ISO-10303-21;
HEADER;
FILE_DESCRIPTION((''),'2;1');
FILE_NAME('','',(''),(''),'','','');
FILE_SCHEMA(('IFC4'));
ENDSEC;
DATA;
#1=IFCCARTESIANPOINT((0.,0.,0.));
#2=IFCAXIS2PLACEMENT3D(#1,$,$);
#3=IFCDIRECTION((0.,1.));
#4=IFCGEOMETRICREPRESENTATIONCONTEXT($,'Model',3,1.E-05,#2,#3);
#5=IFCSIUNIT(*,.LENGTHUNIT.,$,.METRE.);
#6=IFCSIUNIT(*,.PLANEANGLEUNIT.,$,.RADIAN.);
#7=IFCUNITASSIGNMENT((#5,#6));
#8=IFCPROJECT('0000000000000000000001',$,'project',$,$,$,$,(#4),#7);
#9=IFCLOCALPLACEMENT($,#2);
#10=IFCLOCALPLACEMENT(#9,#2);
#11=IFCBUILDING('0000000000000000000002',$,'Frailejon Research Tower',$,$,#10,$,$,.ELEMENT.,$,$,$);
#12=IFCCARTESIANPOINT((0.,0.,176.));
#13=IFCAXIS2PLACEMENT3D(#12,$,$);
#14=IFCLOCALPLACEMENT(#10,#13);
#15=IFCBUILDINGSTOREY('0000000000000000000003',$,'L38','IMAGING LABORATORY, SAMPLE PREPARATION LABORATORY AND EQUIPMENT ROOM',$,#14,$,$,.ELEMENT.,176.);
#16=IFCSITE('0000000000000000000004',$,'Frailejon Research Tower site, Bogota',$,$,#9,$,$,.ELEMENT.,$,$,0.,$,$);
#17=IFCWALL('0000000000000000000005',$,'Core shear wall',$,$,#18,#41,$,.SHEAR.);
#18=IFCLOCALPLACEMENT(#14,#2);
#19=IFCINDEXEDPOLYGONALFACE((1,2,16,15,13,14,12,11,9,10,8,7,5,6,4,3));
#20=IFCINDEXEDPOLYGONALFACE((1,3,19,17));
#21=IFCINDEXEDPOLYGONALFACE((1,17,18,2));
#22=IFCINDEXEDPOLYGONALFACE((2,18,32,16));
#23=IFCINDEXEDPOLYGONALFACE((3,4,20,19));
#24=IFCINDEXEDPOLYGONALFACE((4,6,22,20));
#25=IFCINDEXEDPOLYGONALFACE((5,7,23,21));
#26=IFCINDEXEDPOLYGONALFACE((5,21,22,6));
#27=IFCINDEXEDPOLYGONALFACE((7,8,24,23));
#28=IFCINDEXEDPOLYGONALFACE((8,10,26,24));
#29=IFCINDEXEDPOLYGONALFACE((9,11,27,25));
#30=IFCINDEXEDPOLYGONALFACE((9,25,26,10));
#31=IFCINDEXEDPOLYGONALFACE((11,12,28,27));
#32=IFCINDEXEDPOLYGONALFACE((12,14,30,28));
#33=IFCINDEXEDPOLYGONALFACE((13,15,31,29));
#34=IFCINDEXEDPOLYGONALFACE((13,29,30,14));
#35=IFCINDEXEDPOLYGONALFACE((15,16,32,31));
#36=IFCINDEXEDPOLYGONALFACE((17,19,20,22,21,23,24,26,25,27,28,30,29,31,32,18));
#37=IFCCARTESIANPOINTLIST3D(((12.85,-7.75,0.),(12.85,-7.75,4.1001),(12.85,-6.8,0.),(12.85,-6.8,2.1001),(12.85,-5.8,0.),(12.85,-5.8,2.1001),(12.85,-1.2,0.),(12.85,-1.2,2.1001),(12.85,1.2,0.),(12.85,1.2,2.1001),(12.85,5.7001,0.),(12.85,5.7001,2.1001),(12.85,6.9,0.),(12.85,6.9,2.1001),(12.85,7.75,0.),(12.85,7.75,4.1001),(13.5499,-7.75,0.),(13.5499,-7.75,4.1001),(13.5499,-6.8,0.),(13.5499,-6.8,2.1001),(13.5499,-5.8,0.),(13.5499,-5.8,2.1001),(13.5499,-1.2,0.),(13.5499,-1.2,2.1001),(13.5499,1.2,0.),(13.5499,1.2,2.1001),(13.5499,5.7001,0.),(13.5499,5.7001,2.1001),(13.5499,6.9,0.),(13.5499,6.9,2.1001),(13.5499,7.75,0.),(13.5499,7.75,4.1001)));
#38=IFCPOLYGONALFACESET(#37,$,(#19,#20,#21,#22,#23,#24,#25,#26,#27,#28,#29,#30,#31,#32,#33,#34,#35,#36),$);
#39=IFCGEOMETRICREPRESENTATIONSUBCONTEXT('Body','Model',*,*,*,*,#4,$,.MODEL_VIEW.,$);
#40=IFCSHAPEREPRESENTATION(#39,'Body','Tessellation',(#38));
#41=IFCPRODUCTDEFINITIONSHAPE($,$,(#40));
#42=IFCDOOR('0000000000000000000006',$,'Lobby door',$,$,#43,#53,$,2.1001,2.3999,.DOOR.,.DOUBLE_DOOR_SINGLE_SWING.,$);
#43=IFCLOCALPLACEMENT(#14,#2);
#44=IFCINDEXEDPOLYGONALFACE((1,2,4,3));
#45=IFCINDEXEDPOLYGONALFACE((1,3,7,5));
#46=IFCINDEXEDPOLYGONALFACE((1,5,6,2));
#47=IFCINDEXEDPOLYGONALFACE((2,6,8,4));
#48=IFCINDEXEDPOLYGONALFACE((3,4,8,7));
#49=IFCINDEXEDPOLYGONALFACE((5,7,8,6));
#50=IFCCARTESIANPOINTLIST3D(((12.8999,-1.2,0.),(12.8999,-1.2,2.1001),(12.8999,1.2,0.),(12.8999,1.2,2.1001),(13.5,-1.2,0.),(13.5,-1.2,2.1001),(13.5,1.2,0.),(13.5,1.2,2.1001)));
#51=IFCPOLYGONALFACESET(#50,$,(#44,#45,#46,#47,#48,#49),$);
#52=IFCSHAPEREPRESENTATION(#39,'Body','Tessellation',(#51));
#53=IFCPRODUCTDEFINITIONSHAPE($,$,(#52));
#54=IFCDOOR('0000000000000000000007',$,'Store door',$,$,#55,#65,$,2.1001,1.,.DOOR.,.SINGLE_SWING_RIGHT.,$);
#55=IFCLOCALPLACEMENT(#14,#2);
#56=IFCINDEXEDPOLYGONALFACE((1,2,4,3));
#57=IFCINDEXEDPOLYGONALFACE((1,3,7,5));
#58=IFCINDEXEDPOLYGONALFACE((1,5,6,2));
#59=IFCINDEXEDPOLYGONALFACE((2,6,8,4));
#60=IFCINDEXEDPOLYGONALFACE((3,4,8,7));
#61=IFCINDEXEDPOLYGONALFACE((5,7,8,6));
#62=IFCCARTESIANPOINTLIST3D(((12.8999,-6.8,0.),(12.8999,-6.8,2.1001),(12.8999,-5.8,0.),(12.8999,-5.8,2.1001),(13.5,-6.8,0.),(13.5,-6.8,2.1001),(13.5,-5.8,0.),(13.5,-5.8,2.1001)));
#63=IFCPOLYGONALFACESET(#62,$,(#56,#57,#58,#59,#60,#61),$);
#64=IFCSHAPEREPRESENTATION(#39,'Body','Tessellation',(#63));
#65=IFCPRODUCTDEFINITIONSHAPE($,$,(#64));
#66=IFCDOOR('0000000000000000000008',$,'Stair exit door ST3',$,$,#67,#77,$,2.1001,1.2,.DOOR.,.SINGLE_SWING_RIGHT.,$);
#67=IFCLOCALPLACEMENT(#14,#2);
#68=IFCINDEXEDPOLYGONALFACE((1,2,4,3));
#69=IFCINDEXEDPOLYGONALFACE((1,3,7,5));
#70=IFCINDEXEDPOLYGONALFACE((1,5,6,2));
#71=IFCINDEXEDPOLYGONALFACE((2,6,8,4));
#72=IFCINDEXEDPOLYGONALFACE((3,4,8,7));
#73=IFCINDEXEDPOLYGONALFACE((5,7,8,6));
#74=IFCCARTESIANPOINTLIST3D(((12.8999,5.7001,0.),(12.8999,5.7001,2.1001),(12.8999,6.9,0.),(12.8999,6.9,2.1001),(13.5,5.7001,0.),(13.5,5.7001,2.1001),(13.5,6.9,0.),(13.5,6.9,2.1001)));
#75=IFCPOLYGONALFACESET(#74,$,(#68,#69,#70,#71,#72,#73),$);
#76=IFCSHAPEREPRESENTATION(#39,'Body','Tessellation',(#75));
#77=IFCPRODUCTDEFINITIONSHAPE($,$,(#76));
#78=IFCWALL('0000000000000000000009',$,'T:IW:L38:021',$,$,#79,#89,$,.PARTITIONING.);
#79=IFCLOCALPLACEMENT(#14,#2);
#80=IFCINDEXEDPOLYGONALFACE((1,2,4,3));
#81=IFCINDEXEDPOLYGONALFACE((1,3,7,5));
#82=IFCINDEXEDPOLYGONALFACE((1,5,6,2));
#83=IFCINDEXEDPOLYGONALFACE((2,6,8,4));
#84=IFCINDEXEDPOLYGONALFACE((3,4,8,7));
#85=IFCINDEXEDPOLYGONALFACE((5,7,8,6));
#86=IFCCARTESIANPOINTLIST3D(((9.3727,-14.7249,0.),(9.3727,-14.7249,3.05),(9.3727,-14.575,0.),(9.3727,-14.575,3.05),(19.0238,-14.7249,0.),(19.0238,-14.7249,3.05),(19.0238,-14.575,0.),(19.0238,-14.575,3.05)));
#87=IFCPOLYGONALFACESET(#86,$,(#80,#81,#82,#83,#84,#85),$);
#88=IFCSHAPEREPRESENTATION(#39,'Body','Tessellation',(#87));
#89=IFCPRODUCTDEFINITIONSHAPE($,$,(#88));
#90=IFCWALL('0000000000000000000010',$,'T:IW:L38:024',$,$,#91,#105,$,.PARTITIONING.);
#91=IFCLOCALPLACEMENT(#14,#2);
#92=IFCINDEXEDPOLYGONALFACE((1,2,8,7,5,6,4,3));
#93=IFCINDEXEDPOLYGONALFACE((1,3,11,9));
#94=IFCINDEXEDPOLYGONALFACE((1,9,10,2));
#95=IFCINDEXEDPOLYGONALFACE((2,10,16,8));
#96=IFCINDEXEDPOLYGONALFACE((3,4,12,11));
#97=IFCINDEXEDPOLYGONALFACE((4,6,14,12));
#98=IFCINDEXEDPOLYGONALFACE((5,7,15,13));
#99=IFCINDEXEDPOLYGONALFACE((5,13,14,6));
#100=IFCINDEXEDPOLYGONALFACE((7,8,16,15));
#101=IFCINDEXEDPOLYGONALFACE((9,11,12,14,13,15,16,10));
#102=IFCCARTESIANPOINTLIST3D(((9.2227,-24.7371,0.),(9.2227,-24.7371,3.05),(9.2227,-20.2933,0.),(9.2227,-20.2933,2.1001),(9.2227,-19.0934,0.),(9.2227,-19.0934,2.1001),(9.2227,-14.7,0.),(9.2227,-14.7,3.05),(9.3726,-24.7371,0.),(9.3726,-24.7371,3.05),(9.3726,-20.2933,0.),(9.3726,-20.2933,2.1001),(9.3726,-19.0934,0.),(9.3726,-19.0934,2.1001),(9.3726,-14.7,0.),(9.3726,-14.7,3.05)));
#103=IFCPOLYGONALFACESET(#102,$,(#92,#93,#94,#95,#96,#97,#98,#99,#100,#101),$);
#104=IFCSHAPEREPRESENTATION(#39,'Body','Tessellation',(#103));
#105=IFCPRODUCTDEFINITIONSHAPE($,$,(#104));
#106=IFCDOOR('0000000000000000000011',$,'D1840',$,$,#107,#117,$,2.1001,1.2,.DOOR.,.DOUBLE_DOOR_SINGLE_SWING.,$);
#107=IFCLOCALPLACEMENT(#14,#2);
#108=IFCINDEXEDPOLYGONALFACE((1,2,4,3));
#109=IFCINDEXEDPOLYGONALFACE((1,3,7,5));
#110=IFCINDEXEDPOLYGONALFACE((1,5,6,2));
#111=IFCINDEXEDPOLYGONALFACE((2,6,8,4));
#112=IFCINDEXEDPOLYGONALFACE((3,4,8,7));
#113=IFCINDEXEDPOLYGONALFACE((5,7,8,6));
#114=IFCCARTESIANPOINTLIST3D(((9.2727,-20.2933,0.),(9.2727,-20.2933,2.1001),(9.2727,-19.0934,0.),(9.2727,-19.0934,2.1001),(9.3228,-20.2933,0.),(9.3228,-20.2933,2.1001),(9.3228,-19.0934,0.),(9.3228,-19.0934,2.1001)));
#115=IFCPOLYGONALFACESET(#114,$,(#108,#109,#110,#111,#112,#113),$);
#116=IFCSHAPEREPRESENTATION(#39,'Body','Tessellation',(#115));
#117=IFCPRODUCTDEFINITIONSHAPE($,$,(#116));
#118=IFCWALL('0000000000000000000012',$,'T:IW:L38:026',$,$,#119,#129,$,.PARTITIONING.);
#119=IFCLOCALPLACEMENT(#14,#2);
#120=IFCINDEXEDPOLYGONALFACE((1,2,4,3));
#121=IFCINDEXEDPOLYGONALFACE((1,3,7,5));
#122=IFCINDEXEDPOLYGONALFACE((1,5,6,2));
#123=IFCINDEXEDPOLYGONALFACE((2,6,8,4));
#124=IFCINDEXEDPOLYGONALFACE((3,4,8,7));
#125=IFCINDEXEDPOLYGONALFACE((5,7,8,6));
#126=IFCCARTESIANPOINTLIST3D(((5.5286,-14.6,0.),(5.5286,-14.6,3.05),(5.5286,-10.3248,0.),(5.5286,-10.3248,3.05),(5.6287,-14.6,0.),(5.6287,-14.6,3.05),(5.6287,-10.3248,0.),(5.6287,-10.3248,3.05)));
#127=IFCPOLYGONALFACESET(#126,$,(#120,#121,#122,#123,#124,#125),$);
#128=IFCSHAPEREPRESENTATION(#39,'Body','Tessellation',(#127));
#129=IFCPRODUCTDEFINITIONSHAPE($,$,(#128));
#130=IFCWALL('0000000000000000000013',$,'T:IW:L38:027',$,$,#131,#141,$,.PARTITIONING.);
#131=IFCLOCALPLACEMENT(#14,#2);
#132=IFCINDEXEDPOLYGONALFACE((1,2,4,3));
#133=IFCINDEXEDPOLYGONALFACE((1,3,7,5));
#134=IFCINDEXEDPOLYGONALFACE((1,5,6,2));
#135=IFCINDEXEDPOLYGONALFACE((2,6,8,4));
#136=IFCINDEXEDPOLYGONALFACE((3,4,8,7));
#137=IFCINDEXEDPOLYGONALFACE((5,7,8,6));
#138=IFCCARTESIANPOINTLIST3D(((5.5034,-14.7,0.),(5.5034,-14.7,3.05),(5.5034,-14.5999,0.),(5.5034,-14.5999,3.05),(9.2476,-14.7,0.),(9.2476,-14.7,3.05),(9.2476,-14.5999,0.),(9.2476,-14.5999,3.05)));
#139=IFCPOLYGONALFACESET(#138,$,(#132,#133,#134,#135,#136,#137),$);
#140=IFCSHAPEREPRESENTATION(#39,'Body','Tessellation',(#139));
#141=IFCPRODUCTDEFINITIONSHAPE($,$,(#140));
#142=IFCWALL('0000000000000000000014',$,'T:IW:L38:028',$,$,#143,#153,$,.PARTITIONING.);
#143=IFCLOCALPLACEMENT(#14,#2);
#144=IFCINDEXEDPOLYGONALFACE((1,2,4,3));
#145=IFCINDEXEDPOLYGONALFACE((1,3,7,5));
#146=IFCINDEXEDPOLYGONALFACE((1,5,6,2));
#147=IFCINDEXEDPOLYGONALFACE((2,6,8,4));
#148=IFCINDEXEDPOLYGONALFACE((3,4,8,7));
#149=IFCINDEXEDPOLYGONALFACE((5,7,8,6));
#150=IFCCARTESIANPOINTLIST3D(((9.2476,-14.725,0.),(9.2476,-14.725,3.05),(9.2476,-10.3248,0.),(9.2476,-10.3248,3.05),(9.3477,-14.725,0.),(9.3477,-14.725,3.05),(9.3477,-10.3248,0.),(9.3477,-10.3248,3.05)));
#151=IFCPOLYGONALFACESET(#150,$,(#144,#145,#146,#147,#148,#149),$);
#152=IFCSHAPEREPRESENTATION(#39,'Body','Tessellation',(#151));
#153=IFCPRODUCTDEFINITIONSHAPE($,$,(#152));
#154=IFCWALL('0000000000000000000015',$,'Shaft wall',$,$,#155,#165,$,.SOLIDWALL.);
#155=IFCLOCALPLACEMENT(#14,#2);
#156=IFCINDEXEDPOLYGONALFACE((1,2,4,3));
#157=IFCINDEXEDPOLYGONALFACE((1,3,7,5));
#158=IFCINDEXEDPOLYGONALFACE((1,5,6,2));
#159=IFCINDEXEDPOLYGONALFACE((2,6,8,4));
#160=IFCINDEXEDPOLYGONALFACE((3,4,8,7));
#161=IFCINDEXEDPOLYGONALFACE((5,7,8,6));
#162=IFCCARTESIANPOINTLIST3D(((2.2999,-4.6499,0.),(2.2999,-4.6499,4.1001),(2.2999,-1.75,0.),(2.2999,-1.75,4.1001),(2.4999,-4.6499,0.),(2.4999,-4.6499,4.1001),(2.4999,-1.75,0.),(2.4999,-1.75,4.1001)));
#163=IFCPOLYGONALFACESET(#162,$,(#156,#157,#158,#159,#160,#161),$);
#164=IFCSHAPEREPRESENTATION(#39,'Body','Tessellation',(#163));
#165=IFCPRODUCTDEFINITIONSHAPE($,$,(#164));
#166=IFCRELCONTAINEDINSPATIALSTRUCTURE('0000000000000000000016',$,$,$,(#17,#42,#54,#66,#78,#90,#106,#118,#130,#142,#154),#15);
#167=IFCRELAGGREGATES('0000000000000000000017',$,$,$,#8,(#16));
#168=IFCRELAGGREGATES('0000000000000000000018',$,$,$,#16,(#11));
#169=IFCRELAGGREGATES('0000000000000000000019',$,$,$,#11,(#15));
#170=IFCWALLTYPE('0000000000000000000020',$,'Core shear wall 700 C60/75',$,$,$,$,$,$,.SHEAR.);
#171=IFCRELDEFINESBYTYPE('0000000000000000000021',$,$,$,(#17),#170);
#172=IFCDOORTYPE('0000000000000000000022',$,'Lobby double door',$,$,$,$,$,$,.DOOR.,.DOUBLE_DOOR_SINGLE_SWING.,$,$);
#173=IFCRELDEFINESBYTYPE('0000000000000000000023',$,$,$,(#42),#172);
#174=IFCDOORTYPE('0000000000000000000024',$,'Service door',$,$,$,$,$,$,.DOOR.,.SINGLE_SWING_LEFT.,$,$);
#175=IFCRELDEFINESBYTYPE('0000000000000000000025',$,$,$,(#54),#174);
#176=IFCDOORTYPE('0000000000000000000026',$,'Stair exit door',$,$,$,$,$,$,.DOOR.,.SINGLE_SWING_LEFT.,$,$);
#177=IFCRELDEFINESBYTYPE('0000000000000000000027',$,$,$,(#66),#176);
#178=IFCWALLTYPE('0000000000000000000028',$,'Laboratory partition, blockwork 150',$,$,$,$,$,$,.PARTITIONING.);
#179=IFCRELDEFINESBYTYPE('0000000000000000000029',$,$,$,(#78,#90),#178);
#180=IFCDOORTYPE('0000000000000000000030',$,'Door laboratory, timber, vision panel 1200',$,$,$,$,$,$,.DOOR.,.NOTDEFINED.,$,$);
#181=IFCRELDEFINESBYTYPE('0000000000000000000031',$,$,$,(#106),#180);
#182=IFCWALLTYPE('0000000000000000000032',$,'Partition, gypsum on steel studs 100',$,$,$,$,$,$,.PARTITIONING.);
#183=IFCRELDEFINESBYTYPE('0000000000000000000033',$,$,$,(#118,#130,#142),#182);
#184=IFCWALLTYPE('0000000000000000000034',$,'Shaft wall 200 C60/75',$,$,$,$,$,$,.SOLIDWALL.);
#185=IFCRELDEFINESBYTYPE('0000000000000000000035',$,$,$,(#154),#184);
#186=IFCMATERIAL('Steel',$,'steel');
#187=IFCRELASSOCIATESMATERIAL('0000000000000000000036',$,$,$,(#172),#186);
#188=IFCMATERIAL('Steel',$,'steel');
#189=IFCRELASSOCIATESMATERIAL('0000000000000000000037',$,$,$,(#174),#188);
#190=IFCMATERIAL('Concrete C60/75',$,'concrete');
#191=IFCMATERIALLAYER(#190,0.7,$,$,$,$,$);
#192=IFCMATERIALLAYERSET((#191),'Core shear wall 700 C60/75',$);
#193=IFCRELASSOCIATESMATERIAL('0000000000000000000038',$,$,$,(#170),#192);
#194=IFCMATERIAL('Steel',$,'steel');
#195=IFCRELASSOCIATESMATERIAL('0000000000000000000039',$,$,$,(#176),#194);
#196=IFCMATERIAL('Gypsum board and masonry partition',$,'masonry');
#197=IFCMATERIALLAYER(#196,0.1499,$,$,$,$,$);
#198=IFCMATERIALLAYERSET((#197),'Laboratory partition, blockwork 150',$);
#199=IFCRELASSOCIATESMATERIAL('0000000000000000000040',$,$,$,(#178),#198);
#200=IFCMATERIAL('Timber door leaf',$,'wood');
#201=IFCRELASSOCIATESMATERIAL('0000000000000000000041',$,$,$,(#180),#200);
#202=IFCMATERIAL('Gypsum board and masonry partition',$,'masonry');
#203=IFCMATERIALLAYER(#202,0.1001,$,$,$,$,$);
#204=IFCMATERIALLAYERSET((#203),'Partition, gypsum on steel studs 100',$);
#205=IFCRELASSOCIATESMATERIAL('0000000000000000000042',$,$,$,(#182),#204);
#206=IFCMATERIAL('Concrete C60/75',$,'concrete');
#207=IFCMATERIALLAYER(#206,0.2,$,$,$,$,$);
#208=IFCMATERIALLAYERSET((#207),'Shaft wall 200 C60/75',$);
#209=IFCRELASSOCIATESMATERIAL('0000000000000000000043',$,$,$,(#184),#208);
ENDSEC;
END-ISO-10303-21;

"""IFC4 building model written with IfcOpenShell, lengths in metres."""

from ifc_helpers import new_model, si_unit, direction, frame, frame_2d, origin, place, context, subcontext, project, spatial, rectangle, extrude, material, layer, layer_set, type_object, element, fill, save


model = new_model("IFC4")

# Units and contexts
model_context = context("Model", 3, precision=1e-05, world=origin(), true_north=direction((0.0, 1.0)))
body_context = subcontext(model_context, "Body", "Model", "MODEL_VIEW")
ifc_project = project(units=[si_unit("LENGTHUNIT", "METRE"), si_unit("PLANEANGLEUNIT", "RADIAN")], contexts=[model_context])

# Site, building, storey
site_placement = place(None, origin())
site = spatial("IfcSite", under=ifc_project, at=site_placement, Name="Frailejon Research Tower site, Bogota", CompositionType="ELEMENT", RefElevation=0.0)
building_placement = place(site_placement, origin())
building = spatial("IfcBuilding", under=site, at=building_placement, Name="Frailejon Research Tower", CompositionType="ELEMENT")
storey_placement = place(building_placement, frame((0.0, 0.0, 176.0)))
storey = spatial("IfcBuildingStorey", under=building, at=storey_placement, Name="L38", Description="IMAGING LABORATORY, SAMPLE PREPARATION LABORATORY AND EQUIPMENT ROOM", CompositionType="ELEMENT", Elevation=176.0)

# Wall, openings, doors
ifc_material_1 = material(Name="Steel", Category="steel")
door_type_1 = type_object("IfcDoorType", Name="Lobby double door", OperationType="DOUBLE_DOOR_SINGLE_SWING", PredefinedType="DOOR", material=ifc_material_1)
ifc_material_2 = material(Name="Steel", Category="steel")
door_type_2 = type_object("IfcDoorType", Name="Service door", OperationType="SINGLE_SWING_LEFT", PredefinedType="DOOR", material=ifc_material_2)
ifc_material_3 = material(Name="Concrete C60/75", Category="concrete")
ifc_layer_1 = layer(ifc_material_3, 0.7)
ifc_layer_set_1 = layer_set([ifc_layer_1], Name="Core shear wall 700 C60/75")
wall_type_1 = type_object("IfcWallType", Name="Core shear wall 700 C60/75", PredefinedType="SHEAR", material=ifc_layer_set_1)
wall_1_placement = place(storey_placement, frame((13.2, -7.75, 0.0), z_axis=(0.0, 0.0, 1.0), x_axis=(0.0, 1.0, 0.0)))
wall_1 = element("IfcWall", 1, at=wall_1_placement, inside=storey, type_object=wall_type_1, Name="Core shear wall", PredefinedType="SHEAR", context=body_context, shape_type="SweptSolid", body=[
    extrude(rectangle(XDim=15.5, YDim=0.7, at=frame_2d((7.75, 0.0))), origin(), (0.0, 0.0, 1.0), 4.1001),
])
opening_1_placement = place(wall_1_placement, frame((6.55, 0.0, 0.0)))
opening_1 = element("IfcOpeningElement", 2, at=opening_1_placement, cuts=wall_1, PredefinedType="OPENING", context=body_context, shape_type="SweptSolid", body=[
    extrude(rectangle(XDim=2.3999, YDim=2.1001, at=frame_2d((1.2, 1.05))), frame((0.0, 0.3599, 0.0), z_axis=(0.0, -1.0, 0.0), x_axis=(1.0, 0.0, 0.0)), (0.0, 0.0, 1.0), 0.72),
])
opening_2_placement = place(wall_1_placement, frame((13.45, 0.0, 0.0)))
opening_2 = element("IfcOpeningElement", 3, at=opening_2_placement, cuts=wall_1, PredefinedType="OPENING", context=body_context, shape_type="SweptSolid", body=[
    extrude(rectangle(XDim=1.2, YDim=2.1001, at=frame_2d((0.6001, 1.05))), frame((0.0, 0.3599, 0.0), z_axis=(0.0, -1.0, 0.0), x_axis=(1.0, 0.0, 0.0)), (0.0, 0.0, 1.0), 0.72),
])
opening_3_placement = place(wall_1_placement, frame((0.95, 0.0, 0.0)))
opening_3 = element("IfcOpeningElement", 4, at=opening_3_placement, cuts=wall_1, PredefinedType="OPENING", context=body_context, shape_type="SweptSolid", body=[
    extrude(rectangle(XDim=1.0, YDim=2.1001, at=frame_2d((0.5, 1.05))), frame((0.0, 0.3599, 0.0), z_axis=(0.0, -1.0, 0.0), x_axis=(1.0, 0.0, 0.0)), (0.0, 0.0, 1.0), 0.72),
])
door_1_placement = place(opening_1_placement, origin())
door_1 = element("IfcDoor", 5, at=door_1_placement, inside=storey, type_object=door_type_1, Name="Lobby door", OperationType="DOUBLE_DOOR_SINGLE_SWING", OverallHeight=2.1001, OverallWidth=2.3999, PredefinedType="DOOR", context=body_context, shape_type="SweptSolid", body=[
    extrude(rectangle(XDim=2.3999, YDim=2.1001, at=frame_2d((1.2, 1.05))), frame((0.0, 0.3, 0.0), z_axis=(0.0, -1.0, 0.0), x_axis=(1.0, 0.0, 0.0)), (0.0, 0.0, 1.0), 0.6001),
])
fill(opening_1, door_1)
door_2_placement = place(opening_3_placement, origin())
door_2 = element("IfcDoor", 6, at=door_2_placement, inside=storey, type_object=door_type_2, Name="Store door", OperationType="SINGLE_SWING_RIGHT", OverallHeight=2.1001, OverallWidth=1.0, PredefinedType="DOOR", context=body_context, shape_type="SweptSolid", body=[
    extrude(rectangle(XDim=1.0, YDim=2.1001, at=frame_2d((0.5, 1.05))), frame((0.0, 0.3, 0.0), z_axis=(0.0, -1.0, 0.0), x_axis=(1.0, 0.0, 0.0)), (0.0, 0.0, 1.0), 0.6001),
])
fill(opening_3, door_2)
ifc_material_4 = material(Name="Steel", Category="steel")
door_type_3 = type_object("IfcDoorType", Name="Stair exit door", OperationType="SINGLE_SWING_LEFT", PredefinedType="DOOR", material=ifc_material_4)
door_3_placement = place(opening_2_placement, origin())
door_3 = element("IfcDoor", 7, at=door_3_placement, inside=storey, type_object=door_type_3, Name="Stair exit door ST3", OperationType="SINGLE_SWING_RIGHT", OverallHeight=2.1001, OverallWidth=1.2, PredefinedType="DOOR", context=body_context, shape_type="SweptSolid", body=[
    extrude(rectangle(XDim=1.2, YDim=2.1001, at=frame_2d((0.6001, 1.05))), frame((0.0, 0.3, 0.0), z_axis=(0.0, -1.0, 0.0), x_axis=(1.0, 0.0, 0.0)), (0.0, 0.0, 1.0), 0.6001),
])
fill(opening_2, door_3)

# Wall
ifc_material_5 = material(Name="Gypsum board and masonry partition", Category="masonry")
ifc_layer_2 = layer(ifc_material_5, 0.1499)
ifc_layer_set_2 = layer_set([ifc_layer_2], Name="Laboratory partition, blockwork 150")
wall_type_2 = type_object("IfcWallType", Name="Laboratory partition, blockwork 150", PredefinedType="PARTITIONING", material=ifc_layer_set_2)
wall_2_placement = place(storey_placement, frame((9.3726, -14.6499, 0.0), z_axis=(0.0, 0.0, 1.0), x_axis=(1.0, 0.0, 0.0)))
element("IfcWall", 8, at=wall_2_placement, inside=storey, type_object=wall_type_2, Name="T:IW:L38:021", PredefinedType="PARTITIONING", context=body_context, shape_type="SweptSolid", body=[
    extrude(rectangle(XDim=9.6511, YDim=0.1499, at=frame_2d((4.8257, 0.0))), origin(), (0.0, 0.0, 1.0), 3.05),
])

# Wall, opening, door
wall_3_placement = place(storey_placement, frame((9.2976, -24.7371, 0.0), z_axis=(0.0, 0.0, 1.0), x_axis=(0.0, 1.0, 0.0)))
wall_3 = element("IfcWall", 9, at=wall_3_placement, inside=storey, type_object=wall_type_2, Name="T:IW:L38:024", PredefinedType="PARTITIONING", context=body_context, shape_type="SweptSolid", body=[
    extrude(rectangle(XDim=10.0371, YDim=0.1499, at=frame_2d((5.0186, 0.0))), origin(), (0.0, 0.0, 1.0), 3.05),
])
opening_4_placement = place(wall_3_placement, frame((4.4436, 0.0, 0.0)))
opening_4 = element("IfcOpeningElement", 10, at=opening_4_placement, cuts=wall_3, PredefinedType="OPENING", context=body_context, shape_type="SweptSolid", body=[
    extrude(rectangle(XDim=1.2, YDim=2.1001, at=frame_2d((0.6001, 1.05))), frame((0.0, 0.085, 0.0), z_axis=(0.0, -1.0, 0.0), x_axis=(1.0, 0.0, 0.0)), (0.0, 0.0, 1.0), 0.1699),
])
ifc_material_6 = material(Name="Timber door leaf", Category="wood")
door_type_4 = type_object("IfcDoorType", Name="Door laboratory, timber, vision panel 1200", OperationType="NOTDEFINED", PredefinedType="DOOR", material=ifc_material_6)
door_4_placement = place(opening_4_placement, origin())
door_4 = element("IfcDoor", 11, at=door_4_placement, inside=storey, type_object=door_type_4, Name="D1840", OperationType="DOUBLE_DOOR_SINGLE_SWING", OverallHeight=2.1001, OverallWidth=1.2, PredefinedType="DOOR", context=body_context, shape_type="SweptSolid", body=[
    extrude(rectangle(XDim=1.2, YDim=2.1001, at=frame_2d((0.6001, 1.05))), frame((0.0, 0.0249, 0.0), z_axis=(0.0, -1.0, 0.0), x_axis=(1.0, 0.0, 0.0)), (0.0, 0.0, 1.0), 0.05),
])
fill(opening_4, door_4)

# Walls
ifc_material_7 = material(Name="Gypsum board and masonry partition", Category="masonry")
ifc_layer_3 = layer(ifc_material_7, 0.1001)
ifc_layer_set_3 = layer_set([ifc_layer_3], Name="Partition, gypsum on steel studs 100")
wall_type_3 = type_object("IfcWallType", Name="Partition, gypsum on steel studs 100", PredefinedType="PARTITIONING", material=ifc_layer_set_3)
wall_4_placement = place(storey_placement, frame((5.5786, -14.6001, 0.0), z_axis=(0.0, 0.0, 1.0), x_axis=(0.0, 1.0, 0.0)))
element("IfcWall", 12, at=wall_4_placement, inside=storey, type_object=wall_type_3, Name="T:IW:L38:026", PredefinedType="PARTITIONING", context=body_context, shape_type="SweptSolid", body=[
    extrude(rectangle(XDim=4.2751, YDim=0.1001, at=frame_2d((2.1377, 0.0))), origin(), (0.0, 0.0, 1.0), 3.05),
])
wall_5_placement = place(storey_placement, frame((5.5034, -14.6499, 0.0), z_axis=(0.0, 0.0, 1.0), x_axis=(1.0, 0.0, 0.0)))
element("IfcWall", 13, at=wall_5_placement, inside=storey, type_object=wall_type_3, Name="T:IW:L38:027", PredefinedType="PARTITIONING", context=body_context, shape_type="SweptSolid", body=[
    extrude(rectangle(XDim=3.7441, YDim=0.1001, at=frame_2d((1.8721, 0.0))), origin(), (0.0, 0.0, 1.0), 3.05),
])
wall_6_placement = place(storey_placement, frame((9.2976, -14.7251, 0.0), z_axis=(0.0, 0.0, 1.0), x_axis=(0.0, 1.0, 0.0)))
element("IfcWall", 14, at=wall_6_placement, inside=storey, type_object=wall_type_3, Name="T:IW:L38:028", PredefinedType="PARTITIONING", context=body_context, shape_type="SweptSolid", body=[
    extrude(rectangle(XDim=4.4001, YDim=0.1001, at=frame_2d((2.2002, 0.0))), origin(), (0.0, 0.0, 1.0), 3.05),
])
ifc_material_8 = material(Name="Concrete C60/75", Category="concrete")
ifc_layer_4 = layer(ifc_material_8, 0.2)
ifc_layer_set_4 = layer_set([ifc_layer_4], Name="Shaft wall 200 C60/75")
wall_type_4 = type_object("IfcWallType", Name="Shaft wall 200 C60/75", PredefinedType="SOLIDWALL", material=ifc_layer_set_4)
for number, where, z_axis, x_axis, name in (
    (15, (2.3999, -4.6499, 0.0), (0.0, 0.0, 1.0), (0.0, 1.0, 0.0), "Shaft wall"),
):
    element("IfcWall", number, at=place(storey_placement, frame(where, z_axis=z_axis, x_axis=x_axis)), inside=storey, type_object=wall_type_4, Name=name, PredefinedType="SOLIDWALL", context=body_context, shape_type="SweptSolid", body=[
        extrude(rectangle(XDim=2.8999, YDim=0.2, at=frame_2d((1.45, 0.0))), origin(), (0.0, 0.0, 1.0), 4.1001),
    ])

save(model, "model.ifc")
